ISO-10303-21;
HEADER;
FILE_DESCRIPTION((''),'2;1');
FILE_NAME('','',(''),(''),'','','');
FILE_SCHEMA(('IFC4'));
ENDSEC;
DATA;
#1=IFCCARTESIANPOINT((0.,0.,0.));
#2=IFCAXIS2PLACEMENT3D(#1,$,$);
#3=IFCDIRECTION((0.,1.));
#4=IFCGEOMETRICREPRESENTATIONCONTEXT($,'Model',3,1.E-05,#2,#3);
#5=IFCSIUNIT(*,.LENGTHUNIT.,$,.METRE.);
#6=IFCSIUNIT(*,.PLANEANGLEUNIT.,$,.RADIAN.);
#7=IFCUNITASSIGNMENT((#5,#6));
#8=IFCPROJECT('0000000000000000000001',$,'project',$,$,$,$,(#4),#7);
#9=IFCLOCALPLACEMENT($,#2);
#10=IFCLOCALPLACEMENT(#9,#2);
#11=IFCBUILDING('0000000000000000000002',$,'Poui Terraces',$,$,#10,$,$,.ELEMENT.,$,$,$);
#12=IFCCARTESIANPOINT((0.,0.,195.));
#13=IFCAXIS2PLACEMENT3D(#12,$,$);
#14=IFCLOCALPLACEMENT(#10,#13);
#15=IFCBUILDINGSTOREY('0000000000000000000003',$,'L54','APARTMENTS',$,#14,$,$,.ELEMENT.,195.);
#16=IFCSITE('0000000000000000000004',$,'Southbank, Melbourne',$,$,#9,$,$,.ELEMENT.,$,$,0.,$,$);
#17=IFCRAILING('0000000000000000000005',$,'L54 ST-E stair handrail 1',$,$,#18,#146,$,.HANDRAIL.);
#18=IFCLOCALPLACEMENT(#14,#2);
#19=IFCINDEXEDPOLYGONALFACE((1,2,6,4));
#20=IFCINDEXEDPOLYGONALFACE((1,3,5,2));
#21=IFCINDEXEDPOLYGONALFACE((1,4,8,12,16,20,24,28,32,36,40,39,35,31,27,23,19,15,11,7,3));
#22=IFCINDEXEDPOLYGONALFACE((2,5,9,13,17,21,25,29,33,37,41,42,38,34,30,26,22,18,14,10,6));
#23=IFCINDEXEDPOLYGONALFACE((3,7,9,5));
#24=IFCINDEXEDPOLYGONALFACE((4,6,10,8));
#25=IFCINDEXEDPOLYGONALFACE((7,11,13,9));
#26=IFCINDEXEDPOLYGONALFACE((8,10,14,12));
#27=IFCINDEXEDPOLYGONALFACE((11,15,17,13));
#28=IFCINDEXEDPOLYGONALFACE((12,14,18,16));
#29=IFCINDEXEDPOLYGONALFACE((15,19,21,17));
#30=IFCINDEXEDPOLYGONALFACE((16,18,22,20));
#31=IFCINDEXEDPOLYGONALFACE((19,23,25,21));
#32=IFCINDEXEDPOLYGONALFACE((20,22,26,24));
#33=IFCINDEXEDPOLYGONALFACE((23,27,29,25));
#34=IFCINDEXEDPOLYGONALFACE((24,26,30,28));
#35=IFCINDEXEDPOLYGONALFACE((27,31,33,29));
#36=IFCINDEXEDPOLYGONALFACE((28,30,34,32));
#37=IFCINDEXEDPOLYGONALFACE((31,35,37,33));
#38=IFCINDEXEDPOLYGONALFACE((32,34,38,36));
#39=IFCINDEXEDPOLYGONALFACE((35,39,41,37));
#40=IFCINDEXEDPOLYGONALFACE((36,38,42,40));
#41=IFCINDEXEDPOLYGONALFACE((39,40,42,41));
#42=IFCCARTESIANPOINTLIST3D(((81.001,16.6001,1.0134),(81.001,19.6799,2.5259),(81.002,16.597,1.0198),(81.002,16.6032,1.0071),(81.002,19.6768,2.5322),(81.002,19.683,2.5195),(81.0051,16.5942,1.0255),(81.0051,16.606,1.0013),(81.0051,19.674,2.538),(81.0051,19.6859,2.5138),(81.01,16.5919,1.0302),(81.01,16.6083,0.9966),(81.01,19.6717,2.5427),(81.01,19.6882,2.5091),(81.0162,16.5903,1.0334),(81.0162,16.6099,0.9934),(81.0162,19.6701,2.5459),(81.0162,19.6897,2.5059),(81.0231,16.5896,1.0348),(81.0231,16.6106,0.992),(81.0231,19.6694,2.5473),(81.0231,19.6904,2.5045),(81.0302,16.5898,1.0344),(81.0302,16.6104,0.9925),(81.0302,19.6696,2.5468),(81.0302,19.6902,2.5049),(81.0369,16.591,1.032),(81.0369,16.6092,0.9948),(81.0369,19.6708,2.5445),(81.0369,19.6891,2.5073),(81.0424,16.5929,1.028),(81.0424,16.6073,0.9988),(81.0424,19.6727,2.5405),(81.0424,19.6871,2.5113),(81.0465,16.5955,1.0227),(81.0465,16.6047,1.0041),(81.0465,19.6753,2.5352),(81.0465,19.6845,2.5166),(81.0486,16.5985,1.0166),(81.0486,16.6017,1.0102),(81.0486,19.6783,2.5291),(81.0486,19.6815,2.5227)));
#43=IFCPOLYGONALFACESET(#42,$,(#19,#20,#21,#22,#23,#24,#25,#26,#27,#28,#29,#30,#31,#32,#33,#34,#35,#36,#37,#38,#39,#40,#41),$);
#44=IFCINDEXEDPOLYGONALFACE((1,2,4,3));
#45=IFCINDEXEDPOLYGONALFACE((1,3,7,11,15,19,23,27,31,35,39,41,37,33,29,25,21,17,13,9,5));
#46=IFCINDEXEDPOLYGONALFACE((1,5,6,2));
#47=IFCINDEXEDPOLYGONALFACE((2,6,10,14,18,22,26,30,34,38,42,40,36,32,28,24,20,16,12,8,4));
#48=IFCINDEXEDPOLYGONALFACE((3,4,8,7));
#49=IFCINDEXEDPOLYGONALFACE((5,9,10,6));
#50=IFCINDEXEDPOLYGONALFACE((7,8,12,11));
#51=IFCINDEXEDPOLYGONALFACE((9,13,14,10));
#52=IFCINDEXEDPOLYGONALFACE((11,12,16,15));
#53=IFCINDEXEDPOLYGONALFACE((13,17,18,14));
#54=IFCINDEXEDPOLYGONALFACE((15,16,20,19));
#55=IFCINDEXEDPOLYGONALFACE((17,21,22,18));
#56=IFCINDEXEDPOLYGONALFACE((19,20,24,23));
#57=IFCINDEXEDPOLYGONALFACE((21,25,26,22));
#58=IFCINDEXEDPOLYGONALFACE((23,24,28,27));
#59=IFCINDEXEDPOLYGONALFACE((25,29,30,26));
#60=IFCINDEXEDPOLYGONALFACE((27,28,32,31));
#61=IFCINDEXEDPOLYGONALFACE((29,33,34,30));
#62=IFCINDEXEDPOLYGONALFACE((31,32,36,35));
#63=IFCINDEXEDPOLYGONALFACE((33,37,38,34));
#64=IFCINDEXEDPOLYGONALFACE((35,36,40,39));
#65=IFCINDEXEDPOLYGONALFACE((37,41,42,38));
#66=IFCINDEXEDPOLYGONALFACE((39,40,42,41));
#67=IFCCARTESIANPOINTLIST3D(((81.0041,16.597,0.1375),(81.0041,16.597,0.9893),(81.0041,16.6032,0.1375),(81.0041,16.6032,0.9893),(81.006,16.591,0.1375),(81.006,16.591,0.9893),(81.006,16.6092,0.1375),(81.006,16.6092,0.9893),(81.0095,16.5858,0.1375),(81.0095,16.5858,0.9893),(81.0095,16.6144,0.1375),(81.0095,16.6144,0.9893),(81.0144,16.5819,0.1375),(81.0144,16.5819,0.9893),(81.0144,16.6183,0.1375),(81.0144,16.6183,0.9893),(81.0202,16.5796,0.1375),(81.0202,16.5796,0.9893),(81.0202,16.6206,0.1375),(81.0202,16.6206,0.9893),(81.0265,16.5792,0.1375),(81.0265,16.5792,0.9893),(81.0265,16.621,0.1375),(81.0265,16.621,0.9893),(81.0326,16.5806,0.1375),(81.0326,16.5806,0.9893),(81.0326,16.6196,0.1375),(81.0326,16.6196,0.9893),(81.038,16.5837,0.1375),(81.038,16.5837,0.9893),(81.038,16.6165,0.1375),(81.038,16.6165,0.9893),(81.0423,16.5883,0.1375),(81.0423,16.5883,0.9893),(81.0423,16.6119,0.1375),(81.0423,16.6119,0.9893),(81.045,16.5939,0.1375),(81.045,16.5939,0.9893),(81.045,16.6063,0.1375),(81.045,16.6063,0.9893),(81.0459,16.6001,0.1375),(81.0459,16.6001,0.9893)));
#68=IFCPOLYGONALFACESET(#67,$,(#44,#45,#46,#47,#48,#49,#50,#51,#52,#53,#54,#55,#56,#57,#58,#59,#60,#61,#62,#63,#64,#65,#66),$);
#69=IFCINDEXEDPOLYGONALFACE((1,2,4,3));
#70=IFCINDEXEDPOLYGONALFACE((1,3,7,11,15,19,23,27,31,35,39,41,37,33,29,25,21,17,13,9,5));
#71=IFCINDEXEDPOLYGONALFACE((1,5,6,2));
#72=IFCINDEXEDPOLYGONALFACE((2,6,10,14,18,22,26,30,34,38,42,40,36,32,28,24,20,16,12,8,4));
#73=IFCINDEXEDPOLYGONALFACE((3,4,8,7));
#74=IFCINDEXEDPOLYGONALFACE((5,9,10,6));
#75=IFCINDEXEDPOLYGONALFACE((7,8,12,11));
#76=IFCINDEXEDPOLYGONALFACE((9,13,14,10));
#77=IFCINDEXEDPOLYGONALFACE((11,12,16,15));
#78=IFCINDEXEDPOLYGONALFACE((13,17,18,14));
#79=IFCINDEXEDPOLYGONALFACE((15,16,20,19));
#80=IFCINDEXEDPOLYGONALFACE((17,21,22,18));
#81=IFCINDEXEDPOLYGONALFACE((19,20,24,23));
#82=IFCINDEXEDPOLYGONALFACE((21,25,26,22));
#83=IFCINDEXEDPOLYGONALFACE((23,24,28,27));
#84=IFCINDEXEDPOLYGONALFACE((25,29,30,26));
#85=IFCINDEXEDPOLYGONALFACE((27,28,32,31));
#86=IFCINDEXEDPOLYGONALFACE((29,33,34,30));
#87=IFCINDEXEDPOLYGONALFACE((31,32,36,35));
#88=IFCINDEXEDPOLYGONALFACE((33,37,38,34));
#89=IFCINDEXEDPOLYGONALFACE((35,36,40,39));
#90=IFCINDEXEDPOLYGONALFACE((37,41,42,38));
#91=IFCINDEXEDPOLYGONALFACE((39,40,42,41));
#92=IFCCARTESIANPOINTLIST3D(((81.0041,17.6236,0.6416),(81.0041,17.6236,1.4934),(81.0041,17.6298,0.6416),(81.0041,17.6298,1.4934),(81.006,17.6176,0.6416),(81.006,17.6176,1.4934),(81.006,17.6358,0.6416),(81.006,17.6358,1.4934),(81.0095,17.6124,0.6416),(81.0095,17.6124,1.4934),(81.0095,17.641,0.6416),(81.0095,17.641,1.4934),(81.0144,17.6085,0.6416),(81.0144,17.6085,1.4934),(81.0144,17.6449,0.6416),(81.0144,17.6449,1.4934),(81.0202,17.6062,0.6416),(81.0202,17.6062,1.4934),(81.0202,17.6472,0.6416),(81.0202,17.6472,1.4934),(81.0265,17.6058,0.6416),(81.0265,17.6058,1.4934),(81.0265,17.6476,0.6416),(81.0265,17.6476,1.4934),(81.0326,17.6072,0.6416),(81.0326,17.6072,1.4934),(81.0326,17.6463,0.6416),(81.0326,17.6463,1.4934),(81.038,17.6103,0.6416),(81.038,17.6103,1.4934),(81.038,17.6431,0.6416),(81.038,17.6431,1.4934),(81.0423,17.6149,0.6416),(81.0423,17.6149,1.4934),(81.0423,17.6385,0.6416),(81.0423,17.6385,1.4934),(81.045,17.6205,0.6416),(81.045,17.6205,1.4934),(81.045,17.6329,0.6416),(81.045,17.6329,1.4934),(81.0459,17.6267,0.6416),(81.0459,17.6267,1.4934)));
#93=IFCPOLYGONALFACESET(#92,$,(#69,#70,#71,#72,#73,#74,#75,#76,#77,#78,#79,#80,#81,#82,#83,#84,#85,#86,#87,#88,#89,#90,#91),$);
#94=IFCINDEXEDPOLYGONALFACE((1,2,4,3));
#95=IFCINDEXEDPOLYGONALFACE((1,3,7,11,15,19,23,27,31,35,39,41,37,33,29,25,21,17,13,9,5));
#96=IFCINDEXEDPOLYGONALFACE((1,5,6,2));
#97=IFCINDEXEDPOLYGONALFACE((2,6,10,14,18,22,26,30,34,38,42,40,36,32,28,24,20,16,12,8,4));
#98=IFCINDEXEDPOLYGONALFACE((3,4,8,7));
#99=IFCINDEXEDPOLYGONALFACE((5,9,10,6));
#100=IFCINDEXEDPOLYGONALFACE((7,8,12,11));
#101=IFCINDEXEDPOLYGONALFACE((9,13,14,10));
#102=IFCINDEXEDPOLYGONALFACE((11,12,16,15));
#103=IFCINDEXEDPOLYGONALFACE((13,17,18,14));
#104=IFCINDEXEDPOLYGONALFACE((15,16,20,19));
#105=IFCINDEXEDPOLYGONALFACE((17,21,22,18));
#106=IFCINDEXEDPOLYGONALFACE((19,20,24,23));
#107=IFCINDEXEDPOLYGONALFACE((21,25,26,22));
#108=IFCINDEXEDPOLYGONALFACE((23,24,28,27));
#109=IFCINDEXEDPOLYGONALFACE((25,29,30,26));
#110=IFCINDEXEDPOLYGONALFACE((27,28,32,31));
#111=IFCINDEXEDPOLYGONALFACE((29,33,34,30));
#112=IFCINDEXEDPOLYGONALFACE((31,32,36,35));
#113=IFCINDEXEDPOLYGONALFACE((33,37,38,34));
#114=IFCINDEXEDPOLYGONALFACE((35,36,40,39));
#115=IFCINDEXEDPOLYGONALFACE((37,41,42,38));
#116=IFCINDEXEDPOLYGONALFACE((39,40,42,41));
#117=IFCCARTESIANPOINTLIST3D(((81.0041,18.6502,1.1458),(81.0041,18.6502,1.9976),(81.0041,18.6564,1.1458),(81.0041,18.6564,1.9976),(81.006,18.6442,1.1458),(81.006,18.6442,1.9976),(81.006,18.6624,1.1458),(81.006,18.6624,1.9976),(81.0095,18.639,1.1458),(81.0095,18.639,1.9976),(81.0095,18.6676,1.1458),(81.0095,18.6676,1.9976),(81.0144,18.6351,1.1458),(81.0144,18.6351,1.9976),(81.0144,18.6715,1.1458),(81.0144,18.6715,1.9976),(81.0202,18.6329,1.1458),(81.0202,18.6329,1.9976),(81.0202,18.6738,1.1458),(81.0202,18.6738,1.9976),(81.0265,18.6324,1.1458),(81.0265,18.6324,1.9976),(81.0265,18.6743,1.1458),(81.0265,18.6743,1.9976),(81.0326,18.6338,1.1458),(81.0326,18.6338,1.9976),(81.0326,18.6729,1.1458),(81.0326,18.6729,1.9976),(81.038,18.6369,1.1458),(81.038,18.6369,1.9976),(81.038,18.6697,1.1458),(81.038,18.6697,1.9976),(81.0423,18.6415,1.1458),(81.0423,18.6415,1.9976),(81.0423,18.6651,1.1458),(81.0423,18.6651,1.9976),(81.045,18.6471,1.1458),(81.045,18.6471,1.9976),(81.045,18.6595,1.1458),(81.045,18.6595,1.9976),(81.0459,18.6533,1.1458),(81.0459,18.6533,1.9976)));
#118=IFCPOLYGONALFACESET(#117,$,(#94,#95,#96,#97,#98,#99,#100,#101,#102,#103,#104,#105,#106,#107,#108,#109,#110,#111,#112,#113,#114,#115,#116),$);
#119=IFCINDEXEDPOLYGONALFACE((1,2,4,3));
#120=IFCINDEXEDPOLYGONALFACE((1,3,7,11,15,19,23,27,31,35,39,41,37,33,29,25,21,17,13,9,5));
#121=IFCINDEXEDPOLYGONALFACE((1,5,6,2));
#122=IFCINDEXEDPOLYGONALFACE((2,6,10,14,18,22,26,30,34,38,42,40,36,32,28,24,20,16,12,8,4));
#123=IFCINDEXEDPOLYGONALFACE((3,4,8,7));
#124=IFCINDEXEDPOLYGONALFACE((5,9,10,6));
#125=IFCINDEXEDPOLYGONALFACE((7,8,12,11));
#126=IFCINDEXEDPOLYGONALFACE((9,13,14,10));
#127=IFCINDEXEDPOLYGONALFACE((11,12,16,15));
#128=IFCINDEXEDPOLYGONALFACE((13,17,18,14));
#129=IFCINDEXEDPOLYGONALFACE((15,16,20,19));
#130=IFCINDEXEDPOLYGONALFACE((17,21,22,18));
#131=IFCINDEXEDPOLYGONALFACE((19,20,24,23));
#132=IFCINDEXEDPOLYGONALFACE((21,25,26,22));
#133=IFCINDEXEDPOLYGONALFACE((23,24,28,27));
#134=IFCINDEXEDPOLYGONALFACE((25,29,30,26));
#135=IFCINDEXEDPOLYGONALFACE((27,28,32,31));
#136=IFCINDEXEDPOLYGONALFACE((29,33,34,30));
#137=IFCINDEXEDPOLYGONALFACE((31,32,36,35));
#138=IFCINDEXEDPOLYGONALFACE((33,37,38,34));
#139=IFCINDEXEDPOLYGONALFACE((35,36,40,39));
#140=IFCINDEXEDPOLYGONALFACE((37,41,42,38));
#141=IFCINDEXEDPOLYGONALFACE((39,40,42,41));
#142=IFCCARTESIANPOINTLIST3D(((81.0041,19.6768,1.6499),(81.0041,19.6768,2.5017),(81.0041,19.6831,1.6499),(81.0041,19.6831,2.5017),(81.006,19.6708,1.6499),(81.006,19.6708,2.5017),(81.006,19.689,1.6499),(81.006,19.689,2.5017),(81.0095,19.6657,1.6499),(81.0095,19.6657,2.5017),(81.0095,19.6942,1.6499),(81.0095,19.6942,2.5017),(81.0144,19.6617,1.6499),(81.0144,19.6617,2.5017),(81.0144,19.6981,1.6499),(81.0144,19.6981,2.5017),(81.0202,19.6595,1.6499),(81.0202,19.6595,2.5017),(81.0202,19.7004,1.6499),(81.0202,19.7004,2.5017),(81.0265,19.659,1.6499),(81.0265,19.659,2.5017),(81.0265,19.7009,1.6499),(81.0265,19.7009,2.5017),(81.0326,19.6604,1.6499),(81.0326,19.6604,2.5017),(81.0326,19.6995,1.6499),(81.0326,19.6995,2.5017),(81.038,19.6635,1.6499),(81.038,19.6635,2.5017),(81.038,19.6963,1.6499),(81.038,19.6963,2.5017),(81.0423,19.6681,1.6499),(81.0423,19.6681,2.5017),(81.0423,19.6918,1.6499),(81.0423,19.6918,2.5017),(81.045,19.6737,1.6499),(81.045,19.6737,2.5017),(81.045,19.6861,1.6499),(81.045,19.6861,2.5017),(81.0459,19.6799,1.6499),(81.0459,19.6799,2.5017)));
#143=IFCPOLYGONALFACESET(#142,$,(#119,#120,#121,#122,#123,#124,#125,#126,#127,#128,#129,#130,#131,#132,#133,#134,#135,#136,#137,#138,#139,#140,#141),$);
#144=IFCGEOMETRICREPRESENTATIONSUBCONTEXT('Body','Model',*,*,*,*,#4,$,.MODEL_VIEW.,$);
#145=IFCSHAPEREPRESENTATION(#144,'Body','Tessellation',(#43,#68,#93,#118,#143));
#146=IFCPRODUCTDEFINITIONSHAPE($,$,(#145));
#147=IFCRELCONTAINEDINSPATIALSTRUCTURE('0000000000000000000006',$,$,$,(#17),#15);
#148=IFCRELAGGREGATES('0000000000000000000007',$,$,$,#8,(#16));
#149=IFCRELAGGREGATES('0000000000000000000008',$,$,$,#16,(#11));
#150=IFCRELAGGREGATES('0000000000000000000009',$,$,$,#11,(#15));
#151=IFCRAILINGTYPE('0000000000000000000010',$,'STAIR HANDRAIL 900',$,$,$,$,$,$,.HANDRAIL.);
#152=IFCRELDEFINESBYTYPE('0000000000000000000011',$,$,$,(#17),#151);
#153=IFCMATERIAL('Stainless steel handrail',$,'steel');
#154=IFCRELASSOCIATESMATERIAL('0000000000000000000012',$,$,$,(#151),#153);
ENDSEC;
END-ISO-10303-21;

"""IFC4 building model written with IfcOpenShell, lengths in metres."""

from ifc_helpers import new_model, si_unit, direction, frame, origin, origin_2d, place, context, subcontext, project, spatial, circle, extrude, material, type_object, element, save


model = new_model("IFC4")

# Units and contexts
model_context = context("Model", 3, precision=1e-05, world=origin(), true_north=direction((0.0, 1.0)))
body_context = subcontext(model_context, "Body", "Model", "MODEL_VIEW")
ifc_project = project(units=[si_unit("LENGTHUNIT", "METRE"), si_unit("PLANEANGLEUNIT", "RADIAN")], contexts=[model_context])

# Site, building, storey
site_placement = place(None, origin())
site = spatial("IfcSite", under=ifc_project, at=site_placement, Name="Southbank, Melbourne", CompositionType="ELEMENT", RefElevation=0.0)
building_placement = place(site_placement, origin())
building = spatial("IfcBuilding", under=site, at=building_placement, Name="Poui Terraces", CompositionType="ELEMENT")
storey_placement = place(building_placement, frame((0.0, 0.0, 195.0)))
storey = spatial("IfcBuildingStorey", under=building, at=storey_placement, Name="L54", Description="APARTMENTS", CompositionType="ELEMENT", Elevation=195.0)

# Railing
ifc_material_1 = material(Name="Stainless steel handrail", Category="steel")
railing_type_1 = type_object("IfcRailingType", Name="STAIR HANDRAIL 900", PredefinedType="HANDRAIL", material=ifc_material_1)
railing_1_placement = place(storey_placement, frame((81.0249, 16.6001, 0.1375)))
element("IfcRailing", 1, at=railing_1_placement, inside=storey, type_object=railing_type_1, Name="L54 ST-E stair handrail 1", PredefinedType="HANDRAIL", context=body_context, shape_type="SweptSolid", body=[
    extrude(circle(Radius=0.0239, at=origin_2d()), frame((0.0, 0.0, 0.876), z_axis=(0.0, 0.897606, 0.440798), x_axis=(-1.0, 0.0, 0.0)), (0.0, 0.0, 1.0), 3.4312),
    extrude(circle(Radius=0.021, at=origin_2d()), origin(), (0.0, 0.0, 1.0), 0.8518),
    extrude(circle(Radius=0.021, at=origin_2d()), frame((0.0, 1.0266, 0.5042)), (0.0, 0.0, 1.0), 0.8518),
    extrude(circle(Radius=0.021, at=origin_2d()), frame((0.0, 2.0532, 1.0083)), (0.0, 0.0, 1.0), 0.8518),
    extrude(circle(Radius=0.021, at=origin_2d()), frame((0.0, 3.0798, 1.5125)), (0.0, 0.0, 1.0), 0.8518),
])

save(model, "model.ifc")
